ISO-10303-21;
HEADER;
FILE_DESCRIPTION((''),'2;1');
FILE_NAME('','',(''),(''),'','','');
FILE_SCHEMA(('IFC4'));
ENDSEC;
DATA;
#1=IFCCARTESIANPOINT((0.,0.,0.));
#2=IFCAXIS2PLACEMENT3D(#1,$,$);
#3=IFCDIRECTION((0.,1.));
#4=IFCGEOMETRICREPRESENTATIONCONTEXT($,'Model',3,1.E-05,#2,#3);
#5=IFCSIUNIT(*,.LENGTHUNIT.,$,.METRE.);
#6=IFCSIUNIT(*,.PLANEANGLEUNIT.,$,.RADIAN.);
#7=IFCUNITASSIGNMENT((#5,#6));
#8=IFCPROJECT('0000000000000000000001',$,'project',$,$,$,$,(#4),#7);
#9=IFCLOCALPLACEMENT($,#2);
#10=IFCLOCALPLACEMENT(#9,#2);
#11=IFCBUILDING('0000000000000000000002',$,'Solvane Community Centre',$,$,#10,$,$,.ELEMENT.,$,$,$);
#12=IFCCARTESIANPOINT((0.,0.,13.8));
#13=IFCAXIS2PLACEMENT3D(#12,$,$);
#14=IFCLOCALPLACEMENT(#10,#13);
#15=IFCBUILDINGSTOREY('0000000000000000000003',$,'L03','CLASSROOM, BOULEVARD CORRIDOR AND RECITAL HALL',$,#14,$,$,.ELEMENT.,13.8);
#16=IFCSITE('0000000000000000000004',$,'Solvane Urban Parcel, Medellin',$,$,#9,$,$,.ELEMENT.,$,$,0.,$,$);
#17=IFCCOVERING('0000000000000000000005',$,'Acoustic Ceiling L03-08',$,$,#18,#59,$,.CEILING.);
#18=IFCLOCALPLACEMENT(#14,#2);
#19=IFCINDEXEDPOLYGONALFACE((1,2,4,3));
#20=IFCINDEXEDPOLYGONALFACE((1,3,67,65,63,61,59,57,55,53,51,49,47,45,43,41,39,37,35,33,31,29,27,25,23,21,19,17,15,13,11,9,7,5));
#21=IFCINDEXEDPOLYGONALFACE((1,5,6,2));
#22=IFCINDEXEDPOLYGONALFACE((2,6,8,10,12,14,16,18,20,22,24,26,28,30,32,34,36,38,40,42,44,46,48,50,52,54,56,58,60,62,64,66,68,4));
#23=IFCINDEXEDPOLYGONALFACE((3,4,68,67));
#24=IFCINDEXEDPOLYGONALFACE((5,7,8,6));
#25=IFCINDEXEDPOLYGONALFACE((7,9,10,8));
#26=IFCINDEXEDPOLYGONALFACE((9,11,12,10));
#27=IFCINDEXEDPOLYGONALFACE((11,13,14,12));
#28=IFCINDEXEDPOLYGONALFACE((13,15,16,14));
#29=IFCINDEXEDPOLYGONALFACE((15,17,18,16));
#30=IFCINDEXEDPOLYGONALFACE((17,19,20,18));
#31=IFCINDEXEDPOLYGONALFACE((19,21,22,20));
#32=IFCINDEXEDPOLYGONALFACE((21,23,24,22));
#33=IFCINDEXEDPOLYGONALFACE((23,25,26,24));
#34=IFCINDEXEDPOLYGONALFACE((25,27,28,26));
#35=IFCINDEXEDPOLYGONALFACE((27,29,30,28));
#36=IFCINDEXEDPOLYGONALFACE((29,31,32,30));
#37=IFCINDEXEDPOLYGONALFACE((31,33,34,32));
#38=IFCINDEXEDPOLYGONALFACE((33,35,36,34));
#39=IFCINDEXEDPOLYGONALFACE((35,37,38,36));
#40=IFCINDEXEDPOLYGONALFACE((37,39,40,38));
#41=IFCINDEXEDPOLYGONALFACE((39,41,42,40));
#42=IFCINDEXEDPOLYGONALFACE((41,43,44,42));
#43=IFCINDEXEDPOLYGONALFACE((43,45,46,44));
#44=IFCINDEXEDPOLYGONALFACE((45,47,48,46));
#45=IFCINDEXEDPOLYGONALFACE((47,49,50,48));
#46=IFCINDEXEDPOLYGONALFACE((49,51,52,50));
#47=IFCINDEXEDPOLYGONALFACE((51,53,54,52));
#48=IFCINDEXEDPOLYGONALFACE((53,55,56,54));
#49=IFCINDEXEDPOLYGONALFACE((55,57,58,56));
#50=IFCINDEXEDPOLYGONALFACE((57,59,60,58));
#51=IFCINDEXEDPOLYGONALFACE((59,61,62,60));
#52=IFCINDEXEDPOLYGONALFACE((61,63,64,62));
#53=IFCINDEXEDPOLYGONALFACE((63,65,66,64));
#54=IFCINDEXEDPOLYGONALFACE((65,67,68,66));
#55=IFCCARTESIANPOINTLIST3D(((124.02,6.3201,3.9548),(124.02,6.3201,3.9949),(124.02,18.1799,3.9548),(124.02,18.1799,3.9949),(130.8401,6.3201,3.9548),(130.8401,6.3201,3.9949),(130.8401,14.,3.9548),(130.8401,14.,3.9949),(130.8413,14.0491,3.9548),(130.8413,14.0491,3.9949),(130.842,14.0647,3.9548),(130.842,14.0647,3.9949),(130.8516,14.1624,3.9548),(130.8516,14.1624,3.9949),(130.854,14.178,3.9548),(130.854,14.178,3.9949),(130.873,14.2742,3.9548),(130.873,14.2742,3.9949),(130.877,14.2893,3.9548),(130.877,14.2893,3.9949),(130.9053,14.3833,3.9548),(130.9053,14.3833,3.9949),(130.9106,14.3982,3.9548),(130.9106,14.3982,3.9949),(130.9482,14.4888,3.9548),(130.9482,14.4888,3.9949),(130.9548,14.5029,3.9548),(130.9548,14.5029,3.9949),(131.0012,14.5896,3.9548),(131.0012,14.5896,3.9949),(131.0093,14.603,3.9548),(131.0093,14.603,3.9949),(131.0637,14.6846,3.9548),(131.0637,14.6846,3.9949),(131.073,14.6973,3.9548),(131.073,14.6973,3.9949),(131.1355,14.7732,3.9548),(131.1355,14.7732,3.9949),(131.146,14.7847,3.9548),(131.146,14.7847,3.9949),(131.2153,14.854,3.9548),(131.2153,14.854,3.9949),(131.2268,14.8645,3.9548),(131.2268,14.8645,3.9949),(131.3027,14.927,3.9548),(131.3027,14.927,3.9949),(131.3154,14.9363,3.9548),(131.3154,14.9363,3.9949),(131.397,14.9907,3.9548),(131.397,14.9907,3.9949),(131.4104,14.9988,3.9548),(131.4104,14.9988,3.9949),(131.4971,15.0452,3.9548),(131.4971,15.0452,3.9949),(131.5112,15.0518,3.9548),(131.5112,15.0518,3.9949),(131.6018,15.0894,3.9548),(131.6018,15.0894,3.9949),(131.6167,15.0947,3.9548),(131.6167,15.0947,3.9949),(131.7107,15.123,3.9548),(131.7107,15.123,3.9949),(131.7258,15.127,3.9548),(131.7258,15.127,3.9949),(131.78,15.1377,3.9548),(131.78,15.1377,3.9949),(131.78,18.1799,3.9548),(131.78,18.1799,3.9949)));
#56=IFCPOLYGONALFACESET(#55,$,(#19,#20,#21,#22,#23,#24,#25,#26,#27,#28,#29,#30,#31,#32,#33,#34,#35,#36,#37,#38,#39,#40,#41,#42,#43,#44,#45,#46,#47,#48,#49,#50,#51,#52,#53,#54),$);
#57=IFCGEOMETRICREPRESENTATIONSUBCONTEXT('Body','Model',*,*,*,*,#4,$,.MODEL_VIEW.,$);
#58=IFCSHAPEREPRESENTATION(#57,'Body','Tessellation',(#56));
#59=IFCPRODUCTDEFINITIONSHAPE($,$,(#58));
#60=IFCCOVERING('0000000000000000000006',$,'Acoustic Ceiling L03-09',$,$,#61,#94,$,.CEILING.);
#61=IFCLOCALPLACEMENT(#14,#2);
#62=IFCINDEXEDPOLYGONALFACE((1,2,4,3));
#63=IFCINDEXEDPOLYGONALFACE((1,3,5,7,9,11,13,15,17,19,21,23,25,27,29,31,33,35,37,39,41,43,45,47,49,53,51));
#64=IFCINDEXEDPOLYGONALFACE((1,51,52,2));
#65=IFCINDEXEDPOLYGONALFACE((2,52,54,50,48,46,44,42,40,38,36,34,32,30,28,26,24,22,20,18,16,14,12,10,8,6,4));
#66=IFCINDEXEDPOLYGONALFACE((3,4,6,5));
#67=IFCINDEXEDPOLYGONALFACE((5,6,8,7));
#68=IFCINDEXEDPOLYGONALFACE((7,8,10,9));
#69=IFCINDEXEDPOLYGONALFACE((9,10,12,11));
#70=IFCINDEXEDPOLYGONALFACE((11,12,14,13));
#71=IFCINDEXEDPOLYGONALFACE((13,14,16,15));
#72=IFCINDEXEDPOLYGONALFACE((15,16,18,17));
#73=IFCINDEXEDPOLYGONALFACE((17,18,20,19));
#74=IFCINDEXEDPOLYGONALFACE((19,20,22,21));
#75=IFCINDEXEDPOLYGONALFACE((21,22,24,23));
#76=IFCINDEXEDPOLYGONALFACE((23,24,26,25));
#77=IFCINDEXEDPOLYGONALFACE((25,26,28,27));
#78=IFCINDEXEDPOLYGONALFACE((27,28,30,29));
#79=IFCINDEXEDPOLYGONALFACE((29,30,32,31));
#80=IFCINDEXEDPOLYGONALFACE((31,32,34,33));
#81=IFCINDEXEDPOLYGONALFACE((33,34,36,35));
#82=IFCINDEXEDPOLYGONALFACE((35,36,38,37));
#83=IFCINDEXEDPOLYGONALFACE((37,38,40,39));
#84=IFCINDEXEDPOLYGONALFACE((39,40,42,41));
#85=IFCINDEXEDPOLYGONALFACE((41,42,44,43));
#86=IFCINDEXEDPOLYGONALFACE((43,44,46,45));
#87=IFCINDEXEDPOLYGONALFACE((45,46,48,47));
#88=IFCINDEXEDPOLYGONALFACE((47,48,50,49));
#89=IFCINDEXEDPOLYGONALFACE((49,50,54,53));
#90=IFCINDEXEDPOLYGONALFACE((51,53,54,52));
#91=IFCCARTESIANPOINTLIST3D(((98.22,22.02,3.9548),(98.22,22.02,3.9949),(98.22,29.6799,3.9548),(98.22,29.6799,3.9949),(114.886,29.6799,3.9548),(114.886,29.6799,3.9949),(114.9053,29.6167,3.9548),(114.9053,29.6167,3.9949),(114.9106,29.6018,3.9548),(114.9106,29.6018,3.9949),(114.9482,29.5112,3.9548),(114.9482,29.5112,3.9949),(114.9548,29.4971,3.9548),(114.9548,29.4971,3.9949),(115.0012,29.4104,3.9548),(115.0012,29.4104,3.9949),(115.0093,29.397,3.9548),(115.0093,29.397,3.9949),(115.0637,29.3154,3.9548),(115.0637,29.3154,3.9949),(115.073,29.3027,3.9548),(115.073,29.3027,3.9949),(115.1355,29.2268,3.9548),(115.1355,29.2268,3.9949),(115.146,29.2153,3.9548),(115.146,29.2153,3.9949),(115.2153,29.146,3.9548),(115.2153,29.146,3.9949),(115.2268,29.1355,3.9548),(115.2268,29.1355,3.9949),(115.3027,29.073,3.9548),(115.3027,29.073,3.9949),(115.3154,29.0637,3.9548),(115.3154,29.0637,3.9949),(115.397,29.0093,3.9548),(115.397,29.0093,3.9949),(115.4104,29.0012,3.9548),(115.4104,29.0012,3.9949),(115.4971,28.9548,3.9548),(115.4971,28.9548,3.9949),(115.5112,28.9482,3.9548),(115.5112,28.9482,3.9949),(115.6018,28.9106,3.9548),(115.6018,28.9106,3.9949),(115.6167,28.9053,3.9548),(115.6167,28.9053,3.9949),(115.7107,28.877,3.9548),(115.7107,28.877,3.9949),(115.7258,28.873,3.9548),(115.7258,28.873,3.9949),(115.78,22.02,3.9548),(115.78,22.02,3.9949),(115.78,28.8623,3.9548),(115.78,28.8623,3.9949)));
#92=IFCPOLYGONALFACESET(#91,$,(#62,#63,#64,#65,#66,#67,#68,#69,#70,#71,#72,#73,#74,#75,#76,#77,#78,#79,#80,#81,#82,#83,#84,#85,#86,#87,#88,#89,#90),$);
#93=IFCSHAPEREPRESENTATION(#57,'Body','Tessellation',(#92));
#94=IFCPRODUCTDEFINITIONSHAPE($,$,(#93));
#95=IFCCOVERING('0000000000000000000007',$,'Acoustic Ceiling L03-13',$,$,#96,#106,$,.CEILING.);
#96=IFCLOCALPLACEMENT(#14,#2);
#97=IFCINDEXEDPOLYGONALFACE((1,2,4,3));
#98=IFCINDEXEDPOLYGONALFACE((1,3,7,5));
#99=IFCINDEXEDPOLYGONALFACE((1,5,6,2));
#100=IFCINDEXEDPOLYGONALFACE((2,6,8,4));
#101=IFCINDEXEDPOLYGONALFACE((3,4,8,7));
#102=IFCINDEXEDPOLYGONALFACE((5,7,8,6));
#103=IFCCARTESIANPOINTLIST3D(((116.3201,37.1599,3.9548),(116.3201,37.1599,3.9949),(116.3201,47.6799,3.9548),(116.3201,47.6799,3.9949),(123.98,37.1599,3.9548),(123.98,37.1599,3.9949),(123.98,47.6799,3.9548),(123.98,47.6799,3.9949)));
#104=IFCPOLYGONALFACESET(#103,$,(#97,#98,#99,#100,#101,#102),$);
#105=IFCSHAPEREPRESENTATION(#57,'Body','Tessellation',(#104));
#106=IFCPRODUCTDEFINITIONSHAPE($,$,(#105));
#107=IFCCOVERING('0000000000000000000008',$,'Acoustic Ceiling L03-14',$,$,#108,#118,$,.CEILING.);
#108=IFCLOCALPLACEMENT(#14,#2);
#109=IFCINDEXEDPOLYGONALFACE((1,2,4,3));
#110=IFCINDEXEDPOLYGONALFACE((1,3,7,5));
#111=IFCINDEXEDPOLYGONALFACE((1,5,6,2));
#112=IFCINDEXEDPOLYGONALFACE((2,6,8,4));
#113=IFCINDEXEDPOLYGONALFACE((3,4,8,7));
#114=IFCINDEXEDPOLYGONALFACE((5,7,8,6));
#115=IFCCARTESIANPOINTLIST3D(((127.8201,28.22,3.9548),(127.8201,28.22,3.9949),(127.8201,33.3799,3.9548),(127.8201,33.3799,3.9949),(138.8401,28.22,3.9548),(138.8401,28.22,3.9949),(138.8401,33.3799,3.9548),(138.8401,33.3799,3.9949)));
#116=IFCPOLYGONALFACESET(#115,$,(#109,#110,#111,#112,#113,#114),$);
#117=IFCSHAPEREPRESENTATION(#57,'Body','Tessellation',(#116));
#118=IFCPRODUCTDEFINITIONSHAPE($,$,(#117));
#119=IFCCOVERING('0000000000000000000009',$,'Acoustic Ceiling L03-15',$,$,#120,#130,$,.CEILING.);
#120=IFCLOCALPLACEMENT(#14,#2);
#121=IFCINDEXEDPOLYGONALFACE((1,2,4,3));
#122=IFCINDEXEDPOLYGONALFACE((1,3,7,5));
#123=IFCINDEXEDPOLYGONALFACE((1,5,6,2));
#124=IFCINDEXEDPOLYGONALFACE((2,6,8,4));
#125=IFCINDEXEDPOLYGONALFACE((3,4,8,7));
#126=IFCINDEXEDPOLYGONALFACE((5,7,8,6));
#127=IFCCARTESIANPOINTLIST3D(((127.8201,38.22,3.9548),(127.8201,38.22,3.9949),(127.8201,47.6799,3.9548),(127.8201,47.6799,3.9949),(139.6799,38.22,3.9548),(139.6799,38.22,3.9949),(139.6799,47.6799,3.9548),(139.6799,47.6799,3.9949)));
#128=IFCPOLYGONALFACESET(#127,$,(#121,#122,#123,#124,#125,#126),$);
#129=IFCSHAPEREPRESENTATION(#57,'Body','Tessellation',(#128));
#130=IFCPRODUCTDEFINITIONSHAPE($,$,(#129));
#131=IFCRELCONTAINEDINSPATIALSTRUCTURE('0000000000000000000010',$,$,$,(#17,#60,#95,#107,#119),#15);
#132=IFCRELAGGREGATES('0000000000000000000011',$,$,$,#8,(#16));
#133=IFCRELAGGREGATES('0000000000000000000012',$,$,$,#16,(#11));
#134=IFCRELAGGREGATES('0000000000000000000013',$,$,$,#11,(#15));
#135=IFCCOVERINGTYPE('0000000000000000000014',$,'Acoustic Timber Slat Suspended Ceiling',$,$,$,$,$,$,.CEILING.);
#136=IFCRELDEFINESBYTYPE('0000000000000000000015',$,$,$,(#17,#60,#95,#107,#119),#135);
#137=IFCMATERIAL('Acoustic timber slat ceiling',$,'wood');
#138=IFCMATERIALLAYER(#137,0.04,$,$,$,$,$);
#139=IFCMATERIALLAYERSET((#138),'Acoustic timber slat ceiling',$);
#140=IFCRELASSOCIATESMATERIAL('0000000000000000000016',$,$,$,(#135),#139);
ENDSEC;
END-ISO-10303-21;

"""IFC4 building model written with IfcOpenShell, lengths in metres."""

from ifc_helpers import new_model, si_unit, direction, frame, origin, place, context, subcontext, project, spatial, polyline, outline, extrude, material, layer, layer_set, type_object, element, save


model = new_model("IFC4")

# Units and contexts
model_context = context("Model", 3, precision=1e-05, world=origin(), true_north=direction((0.0, 1.0)))
body_context = subcontext(model_context, "Body", "Model", "MODEL_VIEW")
ifc_project = project(units=[si_unit("LENGTHUNIT", "METRE"), si_unit("PLANEANGLEUNIT", "RADIAN")], contexts=[model_context])

# Site, building, storey
site_placement = place(None, origin())
site = spatial("IfcSite", under=ifc_project, at=site_placement, Name="Solvane Urban Parcel, Medellin", CompositionType="ELEMENT", RefElevation=0.0)
building_placement = place(site_placement, origin())
building = spatial("IfcBuilding", under=site, at=building_placement, Name="Solvane Community Centre", CompositionType="ELEMENT")
storey_placement = place(building_placement, frame((0.0, 0.0, 13.8)))
storey = spatial("IfcBuildingStorey", under=building, at=storey_placement, Name="L03", Description="CLASSROOM, BOULEVARD CORRIDOR AND RECITAL HALL", CompositionType="ELEMENT", Elevation=13.8)

# Coverings
ifc_material_1 = material(Name="Acoustic timber slat ceiling", Category="wood")
ifc_layer_1 = layer(ifc_material_1, 0.04)
ifc_layer_set_1 = layer_set([ifc_layer_1], Name="Acoustic timber slat ceiling")
covering_type = type_object("IfcCoveringType", Name="Acoustic Timber Slat Suspended Ceiling", PredefinedType="CEILING", material=ifc_layer_set_1)
covering_1_placement = place(storey_placement, frame((0.0, 0.0, 3.9548)))
element("IfcCovering", 1, at=covering_1_placement, inside=storey, type_object=covering_type, Name="Acoustic Ceiling L03-08", PredefinedType="CEILING", context=body_context, shape_type="SweptSolid", body=[
    extrude(outline(polyline([(124.02, 6.3201), (124.02, 18.1799), (131.78, 18.1799), (131.78, 15.1377), (131.7258, 15.127), (131.7107, 15.123), (131.6167, 15.0947), (131.6018, 15.0894), (131.5112, 15.0518), (131.4971, 15.0452), (131.4104, 14.9988), (131.397, 14.9907), (131.3154, 14.9363), (131.3027, 14.927), (131.2268, 14.8645), (131.2153, 14.854), (131.146, 14.7847), (131.1355, 14.7732), (131.073, 14.6973), (131.0637, 14.6846), (131.0093, 14.603), (131.0012, 14.5896), (130.9548, 14.5029), (130.9482, 14.4888), (130.9106, 14.3982), (130.9053, 14.3833), (130.877, 14.2893), (130.873, 14.2742), (130.854, 14.178), (130.8516, 14.1624), (130.842, 14.0647), (130.8413, 14.0491), (130.8401, 14.0), (130.8401, 6.3201), (124.02, 6.3201)])), origin(), (0.0, 0.0, 1.0), 0.04),
])
covering_2_placement = place(storey_placement, frame((0.0, 0.0, 3.9548)))
element("IfcCovering", 2, at=covering_2_placement, inside=storey, type_object=covering_type, Name="Acoustic Ceiling L03-09", PredefinedType="CEILING", context=body_context, shape_type="SweptSolid", body=[
    extrude(outline(polyline([(115.78, 22.02), (98.22, 22.02), (98.22, 29.6799), (114.886, 29.6799), (114.9053, 29.6167), (114.9106, 29.6018), (114.9482, 29.5112), (114.9548, 29.4971), (115.0012, 29.4104), (115.0093, 29.397), (115.0637, 29.3154), (115.073, 29.3027), (115.1355, 29.2268), (115.146, 29.2153), (115.2153, 29.146), (115.2268, 29.1355), (115.3027, 29.073), (115.3154, 29.0637), (115.397, 29.0093), (115.4104, 29.0012), (115.4971, 28.9548), (115.5112, 28.9482), (115.6018, 28.9106), (115.6167, 28.9053), (115.7107, 28.877), (115.7258, 28.873), (115.78, 28.8623), (115.78, 22.02)])), origin(), (0.0, 0.0, 1.0), 0.04),
])
covering_3_placement = place(storey_placement, frame((0.0, 0.0, 3.9548)))
element("IfcCovering", 3, at=covering_3_placement, inside=storey, type_object=covering_type, Name="Acoustic Ceiling L03-13", PredefinedType="CEILING", context=body_context, shape_type="SweptSolid", body=[
    extrude(outline(polyline([(116.3201, 47.6799), (123.98, 47.6799), (123.98, 37.1599), (116.3201, 37.1599), (116.3201, 47.6799)])), origin(), (0.0, 0.0, 1.0), 0.04),
])
covering_4_placement = place(storey_placement, frame((0.0, 0.0, 3.9548)))
element("IfcCovering", 4, at=covering_4_placement, inside=storey, type_object=covering_type, Name="Acoustic Ceiling L03-14", PredefinedType="CEILING", context=body_context, shape_type="SweptSolid", body=[
    extrude(outline(polyline([(127.8201, 28.22), (127.8201, 33.3799), (138.8401, 33.3799), (138.8401, 28.22), (127.8201, 28.22)])), origin(), (0.0, 0.0, 1.0), 0.04),
])
covering_5_placement = place(storey_placement, frame((0.0, 0.0, 3.9548)))
element("IfcCovering", 5, at=covering_5_placement, inside=storey, type_object=covering_type, Name="Acoustic Ceiling L03-15", PredefinedType="CEILING", context=body_context, shape_type="SweptSolid", body=[
    extrude(outline(polyline([(127.8201, 38.22), (127.8201, 47.6799), (139.6799, 47.6799), (139.6799, 38.22), (127.8201, 38.22)])), origin(), (0.0, 0.0, 1.0), 0.04),
])

save(model, "model.ifc")
